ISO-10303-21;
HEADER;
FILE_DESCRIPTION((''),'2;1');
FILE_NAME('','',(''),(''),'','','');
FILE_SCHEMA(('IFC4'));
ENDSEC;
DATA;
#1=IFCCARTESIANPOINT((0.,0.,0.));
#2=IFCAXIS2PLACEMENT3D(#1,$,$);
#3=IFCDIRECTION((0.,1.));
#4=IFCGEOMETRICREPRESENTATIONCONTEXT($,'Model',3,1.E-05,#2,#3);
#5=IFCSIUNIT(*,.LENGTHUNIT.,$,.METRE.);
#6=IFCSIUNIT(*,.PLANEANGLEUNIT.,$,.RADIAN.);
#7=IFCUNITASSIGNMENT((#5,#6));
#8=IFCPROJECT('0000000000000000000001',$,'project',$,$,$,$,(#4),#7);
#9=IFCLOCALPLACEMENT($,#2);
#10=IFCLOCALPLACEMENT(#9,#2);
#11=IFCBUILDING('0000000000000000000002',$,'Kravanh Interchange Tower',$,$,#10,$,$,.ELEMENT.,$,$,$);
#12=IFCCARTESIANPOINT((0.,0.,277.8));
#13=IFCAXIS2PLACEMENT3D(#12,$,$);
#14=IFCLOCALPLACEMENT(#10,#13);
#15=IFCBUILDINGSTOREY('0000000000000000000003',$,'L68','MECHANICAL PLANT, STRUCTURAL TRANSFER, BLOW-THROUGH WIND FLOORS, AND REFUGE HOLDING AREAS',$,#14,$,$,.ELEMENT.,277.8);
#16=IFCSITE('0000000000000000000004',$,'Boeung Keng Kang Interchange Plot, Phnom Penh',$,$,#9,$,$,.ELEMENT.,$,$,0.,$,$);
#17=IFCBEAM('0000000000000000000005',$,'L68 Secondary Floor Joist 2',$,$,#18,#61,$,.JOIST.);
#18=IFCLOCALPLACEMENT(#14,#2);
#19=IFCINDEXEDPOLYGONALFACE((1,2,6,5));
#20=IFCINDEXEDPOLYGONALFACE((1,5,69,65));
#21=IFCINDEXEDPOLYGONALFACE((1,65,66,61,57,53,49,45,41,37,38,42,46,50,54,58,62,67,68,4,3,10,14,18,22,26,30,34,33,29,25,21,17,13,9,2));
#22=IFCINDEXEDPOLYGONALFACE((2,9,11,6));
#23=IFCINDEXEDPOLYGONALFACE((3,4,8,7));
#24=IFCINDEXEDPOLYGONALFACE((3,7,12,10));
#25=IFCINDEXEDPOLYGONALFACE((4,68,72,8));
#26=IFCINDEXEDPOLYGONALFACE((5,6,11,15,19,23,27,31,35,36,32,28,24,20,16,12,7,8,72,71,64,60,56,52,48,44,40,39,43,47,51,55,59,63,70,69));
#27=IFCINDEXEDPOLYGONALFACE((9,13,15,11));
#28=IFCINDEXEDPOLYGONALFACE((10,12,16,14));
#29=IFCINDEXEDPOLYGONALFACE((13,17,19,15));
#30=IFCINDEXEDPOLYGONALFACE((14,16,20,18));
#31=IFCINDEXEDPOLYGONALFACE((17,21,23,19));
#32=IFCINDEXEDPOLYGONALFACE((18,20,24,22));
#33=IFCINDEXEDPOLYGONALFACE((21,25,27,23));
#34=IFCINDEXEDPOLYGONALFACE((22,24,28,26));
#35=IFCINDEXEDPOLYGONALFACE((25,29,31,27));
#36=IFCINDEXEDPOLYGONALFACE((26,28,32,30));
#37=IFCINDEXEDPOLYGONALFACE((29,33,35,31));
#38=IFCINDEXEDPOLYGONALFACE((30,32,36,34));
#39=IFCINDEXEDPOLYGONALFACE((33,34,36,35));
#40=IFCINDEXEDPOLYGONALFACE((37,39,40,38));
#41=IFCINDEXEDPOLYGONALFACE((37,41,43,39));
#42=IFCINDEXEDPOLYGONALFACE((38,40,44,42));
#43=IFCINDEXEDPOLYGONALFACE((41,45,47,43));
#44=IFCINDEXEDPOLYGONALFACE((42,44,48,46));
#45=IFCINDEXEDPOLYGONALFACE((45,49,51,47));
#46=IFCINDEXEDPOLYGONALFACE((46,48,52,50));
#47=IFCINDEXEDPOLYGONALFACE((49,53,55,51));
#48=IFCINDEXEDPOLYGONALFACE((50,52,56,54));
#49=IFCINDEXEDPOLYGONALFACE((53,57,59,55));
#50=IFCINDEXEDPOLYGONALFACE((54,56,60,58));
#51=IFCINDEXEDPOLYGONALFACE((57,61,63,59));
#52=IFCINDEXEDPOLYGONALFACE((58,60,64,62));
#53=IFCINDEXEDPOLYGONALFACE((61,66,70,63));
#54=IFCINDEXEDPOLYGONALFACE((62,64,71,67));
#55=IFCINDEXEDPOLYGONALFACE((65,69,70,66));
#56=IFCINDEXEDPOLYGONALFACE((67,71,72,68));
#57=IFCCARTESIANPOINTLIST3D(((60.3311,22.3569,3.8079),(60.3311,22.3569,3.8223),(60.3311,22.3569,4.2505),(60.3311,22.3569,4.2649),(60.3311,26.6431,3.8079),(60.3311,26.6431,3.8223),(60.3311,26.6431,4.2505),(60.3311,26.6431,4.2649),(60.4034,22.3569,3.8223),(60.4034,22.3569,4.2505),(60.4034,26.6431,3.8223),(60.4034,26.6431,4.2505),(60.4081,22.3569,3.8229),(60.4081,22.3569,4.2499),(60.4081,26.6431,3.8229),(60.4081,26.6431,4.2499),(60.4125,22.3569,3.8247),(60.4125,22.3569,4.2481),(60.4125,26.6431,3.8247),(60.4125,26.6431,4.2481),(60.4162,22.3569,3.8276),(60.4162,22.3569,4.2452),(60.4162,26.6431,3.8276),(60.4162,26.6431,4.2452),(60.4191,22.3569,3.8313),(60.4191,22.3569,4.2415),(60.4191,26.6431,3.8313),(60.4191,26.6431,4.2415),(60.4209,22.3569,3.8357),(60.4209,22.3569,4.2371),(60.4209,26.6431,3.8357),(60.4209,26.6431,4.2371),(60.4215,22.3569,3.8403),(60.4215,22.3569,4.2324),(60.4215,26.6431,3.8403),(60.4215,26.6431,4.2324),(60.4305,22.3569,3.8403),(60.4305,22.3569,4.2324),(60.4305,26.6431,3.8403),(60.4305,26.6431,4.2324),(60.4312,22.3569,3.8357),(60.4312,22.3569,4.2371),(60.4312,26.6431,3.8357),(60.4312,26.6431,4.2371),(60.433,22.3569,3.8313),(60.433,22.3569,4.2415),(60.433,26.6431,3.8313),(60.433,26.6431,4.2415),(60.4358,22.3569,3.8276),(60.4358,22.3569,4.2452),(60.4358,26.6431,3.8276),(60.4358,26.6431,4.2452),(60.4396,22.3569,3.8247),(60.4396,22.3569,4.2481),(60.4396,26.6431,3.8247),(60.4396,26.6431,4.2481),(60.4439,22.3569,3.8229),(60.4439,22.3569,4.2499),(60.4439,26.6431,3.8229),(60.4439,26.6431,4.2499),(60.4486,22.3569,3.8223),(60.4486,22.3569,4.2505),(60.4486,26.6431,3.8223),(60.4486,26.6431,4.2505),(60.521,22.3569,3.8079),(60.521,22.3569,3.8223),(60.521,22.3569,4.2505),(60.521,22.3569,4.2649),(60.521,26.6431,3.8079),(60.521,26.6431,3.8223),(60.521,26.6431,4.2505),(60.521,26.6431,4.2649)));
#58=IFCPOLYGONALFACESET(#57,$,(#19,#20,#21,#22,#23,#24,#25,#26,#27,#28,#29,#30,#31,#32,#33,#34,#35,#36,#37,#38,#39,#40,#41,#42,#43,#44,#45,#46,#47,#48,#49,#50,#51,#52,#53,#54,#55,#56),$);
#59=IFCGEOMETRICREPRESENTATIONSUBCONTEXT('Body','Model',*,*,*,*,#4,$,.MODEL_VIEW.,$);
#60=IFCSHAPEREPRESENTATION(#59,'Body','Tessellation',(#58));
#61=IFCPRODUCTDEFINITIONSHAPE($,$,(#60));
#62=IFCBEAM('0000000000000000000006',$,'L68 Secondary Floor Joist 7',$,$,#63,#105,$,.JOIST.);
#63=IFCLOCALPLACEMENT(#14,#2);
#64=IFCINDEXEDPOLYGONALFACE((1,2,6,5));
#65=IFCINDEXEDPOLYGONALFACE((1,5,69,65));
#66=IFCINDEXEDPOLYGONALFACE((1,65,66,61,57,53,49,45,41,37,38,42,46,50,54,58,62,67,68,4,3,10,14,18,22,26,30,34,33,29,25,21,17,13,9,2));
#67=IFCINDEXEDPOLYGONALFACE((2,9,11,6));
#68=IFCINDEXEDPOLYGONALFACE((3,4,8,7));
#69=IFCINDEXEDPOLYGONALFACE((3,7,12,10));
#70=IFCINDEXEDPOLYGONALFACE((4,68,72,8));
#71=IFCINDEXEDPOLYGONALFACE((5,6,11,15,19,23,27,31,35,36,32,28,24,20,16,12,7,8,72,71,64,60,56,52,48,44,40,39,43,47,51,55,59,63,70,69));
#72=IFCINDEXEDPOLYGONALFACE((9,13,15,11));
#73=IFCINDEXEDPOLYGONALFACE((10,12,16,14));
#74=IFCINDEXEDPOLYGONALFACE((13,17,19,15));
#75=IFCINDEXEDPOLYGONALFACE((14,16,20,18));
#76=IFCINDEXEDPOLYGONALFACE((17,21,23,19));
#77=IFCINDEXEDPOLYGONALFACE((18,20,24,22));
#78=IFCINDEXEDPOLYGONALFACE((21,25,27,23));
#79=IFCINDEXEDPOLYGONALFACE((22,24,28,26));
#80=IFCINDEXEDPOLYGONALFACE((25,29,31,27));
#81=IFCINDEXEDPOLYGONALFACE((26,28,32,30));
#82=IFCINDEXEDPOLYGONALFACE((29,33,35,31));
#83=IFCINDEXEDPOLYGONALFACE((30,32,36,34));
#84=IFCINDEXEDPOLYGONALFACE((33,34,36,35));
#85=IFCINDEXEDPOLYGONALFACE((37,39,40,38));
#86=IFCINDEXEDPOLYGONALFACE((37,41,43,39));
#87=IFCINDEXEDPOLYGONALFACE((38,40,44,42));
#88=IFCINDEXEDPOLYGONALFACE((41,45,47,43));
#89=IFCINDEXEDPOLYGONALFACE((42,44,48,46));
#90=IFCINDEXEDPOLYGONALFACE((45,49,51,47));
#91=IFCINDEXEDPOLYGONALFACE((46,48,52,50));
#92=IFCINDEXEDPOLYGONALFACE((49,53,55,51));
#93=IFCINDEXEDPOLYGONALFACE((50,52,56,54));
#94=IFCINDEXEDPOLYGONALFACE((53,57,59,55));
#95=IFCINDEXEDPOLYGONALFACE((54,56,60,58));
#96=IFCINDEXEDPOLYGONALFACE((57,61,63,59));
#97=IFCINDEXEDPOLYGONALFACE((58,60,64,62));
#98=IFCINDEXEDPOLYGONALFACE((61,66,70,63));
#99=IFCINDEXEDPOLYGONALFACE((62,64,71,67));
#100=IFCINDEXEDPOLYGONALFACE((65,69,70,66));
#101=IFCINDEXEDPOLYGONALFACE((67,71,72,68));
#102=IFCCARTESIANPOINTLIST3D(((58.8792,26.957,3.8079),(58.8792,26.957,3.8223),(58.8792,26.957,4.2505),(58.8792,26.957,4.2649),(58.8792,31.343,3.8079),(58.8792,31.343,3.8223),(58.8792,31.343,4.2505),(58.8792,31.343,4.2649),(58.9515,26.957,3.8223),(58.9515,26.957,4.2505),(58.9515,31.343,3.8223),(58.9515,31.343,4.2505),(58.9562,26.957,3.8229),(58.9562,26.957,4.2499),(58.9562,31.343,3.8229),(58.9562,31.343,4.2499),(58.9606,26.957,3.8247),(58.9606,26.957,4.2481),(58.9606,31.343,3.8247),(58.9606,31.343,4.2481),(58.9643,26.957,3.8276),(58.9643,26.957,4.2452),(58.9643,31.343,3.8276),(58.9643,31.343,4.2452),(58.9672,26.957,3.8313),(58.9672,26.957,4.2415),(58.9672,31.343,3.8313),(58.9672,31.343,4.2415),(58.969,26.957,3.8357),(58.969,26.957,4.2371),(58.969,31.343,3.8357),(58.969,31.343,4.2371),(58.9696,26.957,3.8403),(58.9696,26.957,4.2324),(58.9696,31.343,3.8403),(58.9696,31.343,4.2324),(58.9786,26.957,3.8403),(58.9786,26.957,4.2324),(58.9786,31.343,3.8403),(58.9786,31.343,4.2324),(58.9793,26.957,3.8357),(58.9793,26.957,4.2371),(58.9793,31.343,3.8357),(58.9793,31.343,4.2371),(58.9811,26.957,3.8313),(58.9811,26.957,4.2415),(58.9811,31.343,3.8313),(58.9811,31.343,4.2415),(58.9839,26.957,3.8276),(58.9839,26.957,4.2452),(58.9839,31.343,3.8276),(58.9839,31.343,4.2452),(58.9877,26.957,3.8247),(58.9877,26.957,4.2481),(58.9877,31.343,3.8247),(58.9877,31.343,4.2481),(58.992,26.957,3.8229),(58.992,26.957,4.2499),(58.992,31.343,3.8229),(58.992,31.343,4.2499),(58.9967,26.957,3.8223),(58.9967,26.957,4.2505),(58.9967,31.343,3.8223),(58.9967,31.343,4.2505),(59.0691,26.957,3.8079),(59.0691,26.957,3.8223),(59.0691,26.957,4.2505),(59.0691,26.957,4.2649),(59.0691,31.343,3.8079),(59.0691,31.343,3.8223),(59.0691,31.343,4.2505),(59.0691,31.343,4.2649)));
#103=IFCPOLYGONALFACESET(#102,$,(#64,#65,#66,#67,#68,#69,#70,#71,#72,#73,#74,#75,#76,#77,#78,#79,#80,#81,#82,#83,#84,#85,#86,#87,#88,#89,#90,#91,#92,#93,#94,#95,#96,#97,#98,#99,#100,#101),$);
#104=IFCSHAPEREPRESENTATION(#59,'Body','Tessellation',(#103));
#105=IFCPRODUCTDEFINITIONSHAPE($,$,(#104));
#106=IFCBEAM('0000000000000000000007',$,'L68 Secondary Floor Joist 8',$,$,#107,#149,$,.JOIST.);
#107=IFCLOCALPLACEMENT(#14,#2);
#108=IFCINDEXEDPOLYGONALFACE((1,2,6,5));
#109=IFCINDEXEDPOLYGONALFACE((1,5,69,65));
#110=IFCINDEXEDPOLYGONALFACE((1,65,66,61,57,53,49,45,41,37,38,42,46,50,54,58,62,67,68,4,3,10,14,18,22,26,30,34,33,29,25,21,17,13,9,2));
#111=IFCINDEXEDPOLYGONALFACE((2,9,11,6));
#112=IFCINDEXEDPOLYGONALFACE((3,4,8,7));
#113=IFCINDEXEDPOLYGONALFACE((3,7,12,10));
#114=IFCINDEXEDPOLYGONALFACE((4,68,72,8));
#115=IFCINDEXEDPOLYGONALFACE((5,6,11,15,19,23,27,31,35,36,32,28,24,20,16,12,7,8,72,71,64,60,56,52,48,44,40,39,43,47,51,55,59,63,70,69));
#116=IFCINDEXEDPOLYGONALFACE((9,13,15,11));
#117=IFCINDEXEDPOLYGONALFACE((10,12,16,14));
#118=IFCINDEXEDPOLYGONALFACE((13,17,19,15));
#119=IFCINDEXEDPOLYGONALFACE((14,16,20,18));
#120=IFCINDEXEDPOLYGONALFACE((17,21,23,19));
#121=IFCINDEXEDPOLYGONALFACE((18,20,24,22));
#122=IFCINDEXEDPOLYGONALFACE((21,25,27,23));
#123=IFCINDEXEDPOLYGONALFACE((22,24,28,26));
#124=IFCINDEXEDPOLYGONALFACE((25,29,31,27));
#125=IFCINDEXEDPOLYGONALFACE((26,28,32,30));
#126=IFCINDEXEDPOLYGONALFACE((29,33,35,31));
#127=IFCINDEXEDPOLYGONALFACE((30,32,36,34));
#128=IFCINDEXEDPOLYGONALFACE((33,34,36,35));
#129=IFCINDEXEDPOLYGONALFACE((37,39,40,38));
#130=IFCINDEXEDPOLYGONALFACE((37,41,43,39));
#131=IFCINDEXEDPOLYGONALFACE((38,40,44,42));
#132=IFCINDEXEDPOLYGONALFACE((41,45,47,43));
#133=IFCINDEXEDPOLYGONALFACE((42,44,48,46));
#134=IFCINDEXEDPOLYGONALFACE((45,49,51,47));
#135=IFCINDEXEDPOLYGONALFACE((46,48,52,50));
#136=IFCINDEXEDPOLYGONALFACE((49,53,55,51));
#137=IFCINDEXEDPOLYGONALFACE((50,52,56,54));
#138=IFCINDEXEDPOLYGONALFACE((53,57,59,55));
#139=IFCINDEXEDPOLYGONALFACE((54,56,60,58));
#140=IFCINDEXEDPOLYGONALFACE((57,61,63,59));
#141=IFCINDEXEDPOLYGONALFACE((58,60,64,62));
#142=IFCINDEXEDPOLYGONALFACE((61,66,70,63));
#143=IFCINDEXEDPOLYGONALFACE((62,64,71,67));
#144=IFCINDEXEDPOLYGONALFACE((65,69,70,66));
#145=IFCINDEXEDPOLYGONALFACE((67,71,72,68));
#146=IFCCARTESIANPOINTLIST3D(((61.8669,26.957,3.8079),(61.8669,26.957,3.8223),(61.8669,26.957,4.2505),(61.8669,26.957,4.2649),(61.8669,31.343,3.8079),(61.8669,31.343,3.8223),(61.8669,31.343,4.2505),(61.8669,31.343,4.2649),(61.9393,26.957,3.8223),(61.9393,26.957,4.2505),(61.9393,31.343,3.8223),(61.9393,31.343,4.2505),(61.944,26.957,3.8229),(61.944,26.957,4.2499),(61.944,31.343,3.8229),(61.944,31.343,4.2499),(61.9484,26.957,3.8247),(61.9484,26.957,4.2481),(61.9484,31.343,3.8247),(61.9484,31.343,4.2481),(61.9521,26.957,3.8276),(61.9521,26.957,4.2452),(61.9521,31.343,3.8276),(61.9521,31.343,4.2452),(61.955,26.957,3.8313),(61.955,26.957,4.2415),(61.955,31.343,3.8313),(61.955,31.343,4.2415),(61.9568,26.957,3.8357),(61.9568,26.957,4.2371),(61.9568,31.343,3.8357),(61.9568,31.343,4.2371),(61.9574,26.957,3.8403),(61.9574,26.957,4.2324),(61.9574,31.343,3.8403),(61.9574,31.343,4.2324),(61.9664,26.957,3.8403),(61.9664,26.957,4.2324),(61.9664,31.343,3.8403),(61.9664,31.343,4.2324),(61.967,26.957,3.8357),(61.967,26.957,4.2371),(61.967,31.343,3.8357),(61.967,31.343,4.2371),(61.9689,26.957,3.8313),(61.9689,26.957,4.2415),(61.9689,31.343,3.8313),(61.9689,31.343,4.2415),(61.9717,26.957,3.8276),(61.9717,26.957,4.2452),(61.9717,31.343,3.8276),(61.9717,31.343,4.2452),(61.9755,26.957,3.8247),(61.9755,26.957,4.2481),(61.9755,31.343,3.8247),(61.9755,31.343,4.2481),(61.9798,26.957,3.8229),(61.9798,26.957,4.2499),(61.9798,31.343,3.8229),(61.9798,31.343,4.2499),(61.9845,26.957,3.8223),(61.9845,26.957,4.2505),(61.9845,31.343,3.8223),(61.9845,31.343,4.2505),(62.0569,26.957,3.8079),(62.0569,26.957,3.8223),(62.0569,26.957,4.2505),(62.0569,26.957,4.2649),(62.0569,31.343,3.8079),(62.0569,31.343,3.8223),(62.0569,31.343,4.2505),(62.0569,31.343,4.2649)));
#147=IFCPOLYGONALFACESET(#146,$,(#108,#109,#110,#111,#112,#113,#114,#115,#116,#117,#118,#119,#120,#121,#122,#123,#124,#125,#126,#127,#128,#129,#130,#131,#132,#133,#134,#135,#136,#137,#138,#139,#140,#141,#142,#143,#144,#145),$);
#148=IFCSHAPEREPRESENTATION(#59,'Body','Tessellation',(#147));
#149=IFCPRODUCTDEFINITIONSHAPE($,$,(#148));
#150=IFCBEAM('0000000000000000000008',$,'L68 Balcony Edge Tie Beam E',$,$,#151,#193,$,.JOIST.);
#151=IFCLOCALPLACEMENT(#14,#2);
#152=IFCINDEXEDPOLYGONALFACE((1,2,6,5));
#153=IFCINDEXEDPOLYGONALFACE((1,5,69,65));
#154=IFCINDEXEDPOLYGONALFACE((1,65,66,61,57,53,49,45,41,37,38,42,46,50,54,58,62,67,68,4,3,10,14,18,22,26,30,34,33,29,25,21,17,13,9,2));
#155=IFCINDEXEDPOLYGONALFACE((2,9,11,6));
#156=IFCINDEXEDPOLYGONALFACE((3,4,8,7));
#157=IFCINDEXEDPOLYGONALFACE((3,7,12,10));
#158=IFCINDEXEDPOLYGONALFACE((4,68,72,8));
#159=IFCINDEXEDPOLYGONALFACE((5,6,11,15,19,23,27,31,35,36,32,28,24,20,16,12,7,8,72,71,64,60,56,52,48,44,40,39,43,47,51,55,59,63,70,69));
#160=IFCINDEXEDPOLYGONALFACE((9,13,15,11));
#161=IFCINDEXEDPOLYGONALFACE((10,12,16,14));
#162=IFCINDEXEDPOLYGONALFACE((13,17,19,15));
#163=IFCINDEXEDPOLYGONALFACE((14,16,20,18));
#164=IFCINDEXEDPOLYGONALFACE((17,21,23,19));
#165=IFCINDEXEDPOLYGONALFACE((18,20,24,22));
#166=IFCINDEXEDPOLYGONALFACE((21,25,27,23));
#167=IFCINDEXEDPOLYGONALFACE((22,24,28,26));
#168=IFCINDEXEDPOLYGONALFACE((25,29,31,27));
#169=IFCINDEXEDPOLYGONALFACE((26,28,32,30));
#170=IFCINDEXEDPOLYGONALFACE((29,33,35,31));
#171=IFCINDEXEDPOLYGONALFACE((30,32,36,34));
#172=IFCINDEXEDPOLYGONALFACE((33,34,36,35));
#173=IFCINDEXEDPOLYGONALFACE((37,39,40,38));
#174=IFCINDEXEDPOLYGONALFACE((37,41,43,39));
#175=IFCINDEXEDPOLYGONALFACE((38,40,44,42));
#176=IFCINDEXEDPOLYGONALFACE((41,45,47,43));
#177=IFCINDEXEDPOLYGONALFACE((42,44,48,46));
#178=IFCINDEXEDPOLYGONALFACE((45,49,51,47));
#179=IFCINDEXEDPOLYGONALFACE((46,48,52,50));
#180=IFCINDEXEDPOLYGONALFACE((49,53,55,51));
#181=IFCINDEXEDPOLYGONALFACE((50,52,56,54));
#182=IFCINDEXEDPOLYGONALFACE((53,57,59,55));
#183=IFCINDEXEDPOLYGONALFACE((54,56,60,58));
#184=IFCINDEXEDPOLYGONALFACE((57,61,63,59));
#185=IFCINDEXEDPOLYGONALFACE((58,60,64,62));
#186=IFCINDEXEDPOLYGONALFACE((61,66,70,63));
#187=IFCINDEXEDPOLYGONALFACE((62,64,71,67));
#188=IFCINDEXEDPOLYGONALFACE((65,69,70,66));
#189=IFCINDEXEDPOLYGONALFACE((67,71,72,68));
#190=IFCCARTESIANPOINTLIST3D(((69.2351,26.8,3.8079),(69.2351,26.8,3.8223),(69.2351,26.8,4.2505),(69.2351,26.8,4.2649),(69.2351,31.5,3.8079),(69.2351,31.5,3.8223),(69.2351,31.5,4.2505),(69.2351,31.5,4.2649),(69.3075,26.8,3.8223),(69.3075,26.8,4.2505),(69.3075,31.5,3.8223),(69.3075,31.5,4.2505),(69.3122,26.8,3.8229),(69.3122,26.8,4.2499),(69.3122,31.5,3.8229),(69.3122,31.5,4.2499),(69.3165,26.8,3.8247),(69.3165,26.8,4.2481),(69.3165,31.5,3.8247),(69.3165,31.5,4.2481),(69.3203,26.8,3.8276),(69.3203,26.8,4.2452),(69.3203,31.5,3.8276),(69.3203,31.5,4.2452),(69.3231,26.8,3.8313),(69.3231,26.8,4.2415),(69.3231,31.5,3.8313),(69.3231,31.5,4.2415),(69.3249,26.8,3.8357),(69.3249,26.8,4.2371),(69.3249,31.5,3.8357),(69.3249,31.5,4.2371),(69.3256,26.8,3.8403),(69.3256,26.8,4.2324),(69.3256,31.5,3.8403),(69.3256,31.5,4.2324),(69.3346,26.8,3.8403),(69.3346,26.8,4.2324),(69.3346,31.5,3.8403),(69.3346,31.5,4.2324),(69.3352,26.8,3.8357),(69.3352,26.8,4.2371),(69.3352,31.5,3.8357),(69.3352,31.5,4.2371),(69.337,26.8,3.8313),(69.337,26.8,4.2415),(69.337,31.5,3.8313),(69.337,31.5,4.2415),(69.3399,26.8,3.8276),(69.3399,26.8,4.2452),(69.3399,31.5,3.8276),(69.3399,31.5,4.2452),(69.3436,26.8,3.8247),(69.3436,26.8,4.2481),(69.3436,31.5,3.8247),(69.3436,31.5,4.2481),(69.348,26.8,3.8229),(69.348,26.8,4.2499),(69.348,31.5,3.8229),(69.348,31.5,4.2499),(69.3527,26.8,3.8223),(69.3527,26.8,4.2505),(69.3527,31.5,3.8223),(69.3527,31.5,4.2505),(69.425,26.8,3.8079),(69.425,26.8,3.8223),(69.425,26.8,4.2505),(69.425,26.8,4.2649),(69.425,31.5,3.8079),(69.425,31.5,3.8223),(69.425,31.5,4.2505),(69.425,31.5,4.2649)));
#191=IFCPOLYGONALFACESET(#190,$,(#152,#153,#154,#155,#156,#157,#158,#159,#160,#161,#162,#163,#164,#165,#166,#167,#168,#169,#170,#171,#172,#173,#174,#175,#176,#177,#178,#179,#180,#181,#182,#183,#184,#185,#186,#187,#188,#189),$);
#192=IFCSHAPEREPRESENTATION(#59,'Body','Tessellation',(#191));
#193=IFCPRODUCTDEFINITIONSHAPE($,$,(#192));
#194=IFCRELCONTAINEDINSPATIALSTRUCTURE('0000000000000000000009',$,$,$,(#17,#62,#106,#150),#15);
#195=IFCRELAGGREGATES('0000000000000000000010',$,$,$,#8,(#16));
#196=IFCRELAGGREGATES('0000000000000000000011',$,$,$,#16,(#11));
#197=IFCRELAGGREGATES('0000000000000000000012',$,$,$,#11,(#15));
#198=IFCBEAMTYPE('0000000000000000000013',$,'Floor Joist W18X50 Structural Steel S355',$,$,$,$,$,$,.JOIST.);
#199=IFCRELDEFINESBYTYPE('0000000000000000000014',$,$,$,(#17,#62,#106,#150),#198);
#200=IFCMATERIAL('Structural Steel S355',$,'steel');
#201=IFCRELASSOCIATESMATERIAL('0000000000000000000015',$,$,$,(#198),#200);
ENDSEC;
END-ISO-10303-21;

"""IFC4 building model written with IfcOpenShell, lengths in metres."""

from ifc_helpers import new_model, si_unit, direction, frame, origin, origin_2d, place, context, subcontext, project, spatial, i_section, extrude, material, material_profile, profile_set, type_object, element, save


model = new_model("IFC4")

# Units and contexts
model_context = context("Model", 3, precision=1e-05, world=origin(), true_north=direction((0.0, 1.0)))
body_context = subcontext(model_context, "Body", "Model", "MODEL_VIEW")
ifc_project = project(units=[si_unit("LENGTHUNIT", "METRE"), si_unit("PLANEANGLEUNIT", "RADIAN")], contexts=[model_context])

# Site, building, storey
site_placement = place(None, origin())
site = spatial("IfcSite", under=ifc_project, at=site_placement, Name="Boeung Keng Kang Interchange Plot, Phnom Penh", CompositionType="ELEMENT", RefElevation=0.0)
building_placement = place(site_placement, origin())
building = spatial("IfcBuilding", under=site, at=building_placement, Name="Kravanh Interchange Tower", CompositionType="ELEMENT")
storey_placement = place(building_placement, frame((0.0, 0.0, 277.8)))
storey = spatial("IfcBuildingStorey", under=building, at=storey_placement, Name="L68", Description="MECHANICAL PLANT, STRUCTURAL TRANSFER, BLOW-THROUGH WIND FLOORS, AND REFUGE HOLDING AREAS", CompositionType="ELEMENT", Elevation=277.8)

# Beams
ifc_material_1 = material(Name="Structural Steel S355", Category="steel")
ifc_material_profile_1 = material_profile(ifc_material_1, i_section(OverallWidth=0.1899, OverallDepth=0.457, WebThickness=0.009, FlangeThickness=0.0144, FilletRadius=0.0181, at=origin_2d()), Name="W18X50")
ifc_profile_set_1 = profile_set([ifc_material_profile_1], Name="Structural Steel S355")
beam_type_1 = type_object("IfcBeamType", Name="Floor Joist W18X50 Structural Steel S355", PredefinedType="JOIST", material=ifc_profile_set_1)
beam_1_placement = place(storey_placement, frame((60.426, 22.3569, 4.0364), z_axis=(0.0, 1.0, 0.0), x_axis=(-1.0, 0.0, 0.0)))
element("IfcBeam", 1, at=beam_1_placement, inside=storey, type_object=beam_type_1, Name="L68 Secondary Floor Joist 2", PredefinedType="JOIST", context=body_context, shape_type="SweptSolid", body=[
    extrude(i_section(OverallWidth=0.1899, OverallDepth=0.457, WebThickness=0.009, FlangeThickness=0.0144, FilletRadius=0.0181, at=origin_2d()), origin(), (0.0, 0.0, 1.0), 4.2861),
])
for number, where, z_axis, x_axis, name in (
    (2, (58.9741, 26.957, 4.0364), (0.0, 1.0, 0.0), (-1.0, 0.0, 0.0), "L68 Secondary Floor Joist 7"),
    (3, (61.9619, 26.957, 4.0364), (0.0, 1.0, 0.0), (-1.0, 0.0, 0.0), "L68 Secondary Floor Joist 8"),
):
    element("IfcBeam", number, at=place(storey_placement, frame(where, z_axis=z_axis, x_axis=x_axis)), inside=storey, type_object=beam_type_1, Name=name, PredefinedType="JOIST", context=body_context, shape_type="SweptSolid", body=[
        extrude(i_section(OverallWidth=0.1899, OverallDepth=0.457, WebThickness=0.009, FlangeThickness=0.0144, FilletRadius=0.0181, at=origin_2d()), origin(), (0.0, 0.0, 1.0), 4.386),
    ])
beam_2_placement = place(storey_placement, frame((69.3301, 26.8, 4.0364), z_axis=(0.0, 1.0, 0.0), x_axis=(-1.0, 0.0, 0.0)))
element("IfcBeam", 4, at=beam_2_placement, inside=storey, type_object=beam_type_1, Name="L68 Balcony Edge Tie Beam E", PredefinedType="JOIST", context=body_context, shape_type="SweptSolid", body=[
    extrude(i_section(OverallWidth=0.1899, OverallDepth=0.457, WebThickness=0.009, FlangeThickness=0.0144, FilletRadius=0.0181, at=origin_2d()), origin(), (0.0, 0.0, 1.0), 4.7),
])

save(model, "model.ifc")
